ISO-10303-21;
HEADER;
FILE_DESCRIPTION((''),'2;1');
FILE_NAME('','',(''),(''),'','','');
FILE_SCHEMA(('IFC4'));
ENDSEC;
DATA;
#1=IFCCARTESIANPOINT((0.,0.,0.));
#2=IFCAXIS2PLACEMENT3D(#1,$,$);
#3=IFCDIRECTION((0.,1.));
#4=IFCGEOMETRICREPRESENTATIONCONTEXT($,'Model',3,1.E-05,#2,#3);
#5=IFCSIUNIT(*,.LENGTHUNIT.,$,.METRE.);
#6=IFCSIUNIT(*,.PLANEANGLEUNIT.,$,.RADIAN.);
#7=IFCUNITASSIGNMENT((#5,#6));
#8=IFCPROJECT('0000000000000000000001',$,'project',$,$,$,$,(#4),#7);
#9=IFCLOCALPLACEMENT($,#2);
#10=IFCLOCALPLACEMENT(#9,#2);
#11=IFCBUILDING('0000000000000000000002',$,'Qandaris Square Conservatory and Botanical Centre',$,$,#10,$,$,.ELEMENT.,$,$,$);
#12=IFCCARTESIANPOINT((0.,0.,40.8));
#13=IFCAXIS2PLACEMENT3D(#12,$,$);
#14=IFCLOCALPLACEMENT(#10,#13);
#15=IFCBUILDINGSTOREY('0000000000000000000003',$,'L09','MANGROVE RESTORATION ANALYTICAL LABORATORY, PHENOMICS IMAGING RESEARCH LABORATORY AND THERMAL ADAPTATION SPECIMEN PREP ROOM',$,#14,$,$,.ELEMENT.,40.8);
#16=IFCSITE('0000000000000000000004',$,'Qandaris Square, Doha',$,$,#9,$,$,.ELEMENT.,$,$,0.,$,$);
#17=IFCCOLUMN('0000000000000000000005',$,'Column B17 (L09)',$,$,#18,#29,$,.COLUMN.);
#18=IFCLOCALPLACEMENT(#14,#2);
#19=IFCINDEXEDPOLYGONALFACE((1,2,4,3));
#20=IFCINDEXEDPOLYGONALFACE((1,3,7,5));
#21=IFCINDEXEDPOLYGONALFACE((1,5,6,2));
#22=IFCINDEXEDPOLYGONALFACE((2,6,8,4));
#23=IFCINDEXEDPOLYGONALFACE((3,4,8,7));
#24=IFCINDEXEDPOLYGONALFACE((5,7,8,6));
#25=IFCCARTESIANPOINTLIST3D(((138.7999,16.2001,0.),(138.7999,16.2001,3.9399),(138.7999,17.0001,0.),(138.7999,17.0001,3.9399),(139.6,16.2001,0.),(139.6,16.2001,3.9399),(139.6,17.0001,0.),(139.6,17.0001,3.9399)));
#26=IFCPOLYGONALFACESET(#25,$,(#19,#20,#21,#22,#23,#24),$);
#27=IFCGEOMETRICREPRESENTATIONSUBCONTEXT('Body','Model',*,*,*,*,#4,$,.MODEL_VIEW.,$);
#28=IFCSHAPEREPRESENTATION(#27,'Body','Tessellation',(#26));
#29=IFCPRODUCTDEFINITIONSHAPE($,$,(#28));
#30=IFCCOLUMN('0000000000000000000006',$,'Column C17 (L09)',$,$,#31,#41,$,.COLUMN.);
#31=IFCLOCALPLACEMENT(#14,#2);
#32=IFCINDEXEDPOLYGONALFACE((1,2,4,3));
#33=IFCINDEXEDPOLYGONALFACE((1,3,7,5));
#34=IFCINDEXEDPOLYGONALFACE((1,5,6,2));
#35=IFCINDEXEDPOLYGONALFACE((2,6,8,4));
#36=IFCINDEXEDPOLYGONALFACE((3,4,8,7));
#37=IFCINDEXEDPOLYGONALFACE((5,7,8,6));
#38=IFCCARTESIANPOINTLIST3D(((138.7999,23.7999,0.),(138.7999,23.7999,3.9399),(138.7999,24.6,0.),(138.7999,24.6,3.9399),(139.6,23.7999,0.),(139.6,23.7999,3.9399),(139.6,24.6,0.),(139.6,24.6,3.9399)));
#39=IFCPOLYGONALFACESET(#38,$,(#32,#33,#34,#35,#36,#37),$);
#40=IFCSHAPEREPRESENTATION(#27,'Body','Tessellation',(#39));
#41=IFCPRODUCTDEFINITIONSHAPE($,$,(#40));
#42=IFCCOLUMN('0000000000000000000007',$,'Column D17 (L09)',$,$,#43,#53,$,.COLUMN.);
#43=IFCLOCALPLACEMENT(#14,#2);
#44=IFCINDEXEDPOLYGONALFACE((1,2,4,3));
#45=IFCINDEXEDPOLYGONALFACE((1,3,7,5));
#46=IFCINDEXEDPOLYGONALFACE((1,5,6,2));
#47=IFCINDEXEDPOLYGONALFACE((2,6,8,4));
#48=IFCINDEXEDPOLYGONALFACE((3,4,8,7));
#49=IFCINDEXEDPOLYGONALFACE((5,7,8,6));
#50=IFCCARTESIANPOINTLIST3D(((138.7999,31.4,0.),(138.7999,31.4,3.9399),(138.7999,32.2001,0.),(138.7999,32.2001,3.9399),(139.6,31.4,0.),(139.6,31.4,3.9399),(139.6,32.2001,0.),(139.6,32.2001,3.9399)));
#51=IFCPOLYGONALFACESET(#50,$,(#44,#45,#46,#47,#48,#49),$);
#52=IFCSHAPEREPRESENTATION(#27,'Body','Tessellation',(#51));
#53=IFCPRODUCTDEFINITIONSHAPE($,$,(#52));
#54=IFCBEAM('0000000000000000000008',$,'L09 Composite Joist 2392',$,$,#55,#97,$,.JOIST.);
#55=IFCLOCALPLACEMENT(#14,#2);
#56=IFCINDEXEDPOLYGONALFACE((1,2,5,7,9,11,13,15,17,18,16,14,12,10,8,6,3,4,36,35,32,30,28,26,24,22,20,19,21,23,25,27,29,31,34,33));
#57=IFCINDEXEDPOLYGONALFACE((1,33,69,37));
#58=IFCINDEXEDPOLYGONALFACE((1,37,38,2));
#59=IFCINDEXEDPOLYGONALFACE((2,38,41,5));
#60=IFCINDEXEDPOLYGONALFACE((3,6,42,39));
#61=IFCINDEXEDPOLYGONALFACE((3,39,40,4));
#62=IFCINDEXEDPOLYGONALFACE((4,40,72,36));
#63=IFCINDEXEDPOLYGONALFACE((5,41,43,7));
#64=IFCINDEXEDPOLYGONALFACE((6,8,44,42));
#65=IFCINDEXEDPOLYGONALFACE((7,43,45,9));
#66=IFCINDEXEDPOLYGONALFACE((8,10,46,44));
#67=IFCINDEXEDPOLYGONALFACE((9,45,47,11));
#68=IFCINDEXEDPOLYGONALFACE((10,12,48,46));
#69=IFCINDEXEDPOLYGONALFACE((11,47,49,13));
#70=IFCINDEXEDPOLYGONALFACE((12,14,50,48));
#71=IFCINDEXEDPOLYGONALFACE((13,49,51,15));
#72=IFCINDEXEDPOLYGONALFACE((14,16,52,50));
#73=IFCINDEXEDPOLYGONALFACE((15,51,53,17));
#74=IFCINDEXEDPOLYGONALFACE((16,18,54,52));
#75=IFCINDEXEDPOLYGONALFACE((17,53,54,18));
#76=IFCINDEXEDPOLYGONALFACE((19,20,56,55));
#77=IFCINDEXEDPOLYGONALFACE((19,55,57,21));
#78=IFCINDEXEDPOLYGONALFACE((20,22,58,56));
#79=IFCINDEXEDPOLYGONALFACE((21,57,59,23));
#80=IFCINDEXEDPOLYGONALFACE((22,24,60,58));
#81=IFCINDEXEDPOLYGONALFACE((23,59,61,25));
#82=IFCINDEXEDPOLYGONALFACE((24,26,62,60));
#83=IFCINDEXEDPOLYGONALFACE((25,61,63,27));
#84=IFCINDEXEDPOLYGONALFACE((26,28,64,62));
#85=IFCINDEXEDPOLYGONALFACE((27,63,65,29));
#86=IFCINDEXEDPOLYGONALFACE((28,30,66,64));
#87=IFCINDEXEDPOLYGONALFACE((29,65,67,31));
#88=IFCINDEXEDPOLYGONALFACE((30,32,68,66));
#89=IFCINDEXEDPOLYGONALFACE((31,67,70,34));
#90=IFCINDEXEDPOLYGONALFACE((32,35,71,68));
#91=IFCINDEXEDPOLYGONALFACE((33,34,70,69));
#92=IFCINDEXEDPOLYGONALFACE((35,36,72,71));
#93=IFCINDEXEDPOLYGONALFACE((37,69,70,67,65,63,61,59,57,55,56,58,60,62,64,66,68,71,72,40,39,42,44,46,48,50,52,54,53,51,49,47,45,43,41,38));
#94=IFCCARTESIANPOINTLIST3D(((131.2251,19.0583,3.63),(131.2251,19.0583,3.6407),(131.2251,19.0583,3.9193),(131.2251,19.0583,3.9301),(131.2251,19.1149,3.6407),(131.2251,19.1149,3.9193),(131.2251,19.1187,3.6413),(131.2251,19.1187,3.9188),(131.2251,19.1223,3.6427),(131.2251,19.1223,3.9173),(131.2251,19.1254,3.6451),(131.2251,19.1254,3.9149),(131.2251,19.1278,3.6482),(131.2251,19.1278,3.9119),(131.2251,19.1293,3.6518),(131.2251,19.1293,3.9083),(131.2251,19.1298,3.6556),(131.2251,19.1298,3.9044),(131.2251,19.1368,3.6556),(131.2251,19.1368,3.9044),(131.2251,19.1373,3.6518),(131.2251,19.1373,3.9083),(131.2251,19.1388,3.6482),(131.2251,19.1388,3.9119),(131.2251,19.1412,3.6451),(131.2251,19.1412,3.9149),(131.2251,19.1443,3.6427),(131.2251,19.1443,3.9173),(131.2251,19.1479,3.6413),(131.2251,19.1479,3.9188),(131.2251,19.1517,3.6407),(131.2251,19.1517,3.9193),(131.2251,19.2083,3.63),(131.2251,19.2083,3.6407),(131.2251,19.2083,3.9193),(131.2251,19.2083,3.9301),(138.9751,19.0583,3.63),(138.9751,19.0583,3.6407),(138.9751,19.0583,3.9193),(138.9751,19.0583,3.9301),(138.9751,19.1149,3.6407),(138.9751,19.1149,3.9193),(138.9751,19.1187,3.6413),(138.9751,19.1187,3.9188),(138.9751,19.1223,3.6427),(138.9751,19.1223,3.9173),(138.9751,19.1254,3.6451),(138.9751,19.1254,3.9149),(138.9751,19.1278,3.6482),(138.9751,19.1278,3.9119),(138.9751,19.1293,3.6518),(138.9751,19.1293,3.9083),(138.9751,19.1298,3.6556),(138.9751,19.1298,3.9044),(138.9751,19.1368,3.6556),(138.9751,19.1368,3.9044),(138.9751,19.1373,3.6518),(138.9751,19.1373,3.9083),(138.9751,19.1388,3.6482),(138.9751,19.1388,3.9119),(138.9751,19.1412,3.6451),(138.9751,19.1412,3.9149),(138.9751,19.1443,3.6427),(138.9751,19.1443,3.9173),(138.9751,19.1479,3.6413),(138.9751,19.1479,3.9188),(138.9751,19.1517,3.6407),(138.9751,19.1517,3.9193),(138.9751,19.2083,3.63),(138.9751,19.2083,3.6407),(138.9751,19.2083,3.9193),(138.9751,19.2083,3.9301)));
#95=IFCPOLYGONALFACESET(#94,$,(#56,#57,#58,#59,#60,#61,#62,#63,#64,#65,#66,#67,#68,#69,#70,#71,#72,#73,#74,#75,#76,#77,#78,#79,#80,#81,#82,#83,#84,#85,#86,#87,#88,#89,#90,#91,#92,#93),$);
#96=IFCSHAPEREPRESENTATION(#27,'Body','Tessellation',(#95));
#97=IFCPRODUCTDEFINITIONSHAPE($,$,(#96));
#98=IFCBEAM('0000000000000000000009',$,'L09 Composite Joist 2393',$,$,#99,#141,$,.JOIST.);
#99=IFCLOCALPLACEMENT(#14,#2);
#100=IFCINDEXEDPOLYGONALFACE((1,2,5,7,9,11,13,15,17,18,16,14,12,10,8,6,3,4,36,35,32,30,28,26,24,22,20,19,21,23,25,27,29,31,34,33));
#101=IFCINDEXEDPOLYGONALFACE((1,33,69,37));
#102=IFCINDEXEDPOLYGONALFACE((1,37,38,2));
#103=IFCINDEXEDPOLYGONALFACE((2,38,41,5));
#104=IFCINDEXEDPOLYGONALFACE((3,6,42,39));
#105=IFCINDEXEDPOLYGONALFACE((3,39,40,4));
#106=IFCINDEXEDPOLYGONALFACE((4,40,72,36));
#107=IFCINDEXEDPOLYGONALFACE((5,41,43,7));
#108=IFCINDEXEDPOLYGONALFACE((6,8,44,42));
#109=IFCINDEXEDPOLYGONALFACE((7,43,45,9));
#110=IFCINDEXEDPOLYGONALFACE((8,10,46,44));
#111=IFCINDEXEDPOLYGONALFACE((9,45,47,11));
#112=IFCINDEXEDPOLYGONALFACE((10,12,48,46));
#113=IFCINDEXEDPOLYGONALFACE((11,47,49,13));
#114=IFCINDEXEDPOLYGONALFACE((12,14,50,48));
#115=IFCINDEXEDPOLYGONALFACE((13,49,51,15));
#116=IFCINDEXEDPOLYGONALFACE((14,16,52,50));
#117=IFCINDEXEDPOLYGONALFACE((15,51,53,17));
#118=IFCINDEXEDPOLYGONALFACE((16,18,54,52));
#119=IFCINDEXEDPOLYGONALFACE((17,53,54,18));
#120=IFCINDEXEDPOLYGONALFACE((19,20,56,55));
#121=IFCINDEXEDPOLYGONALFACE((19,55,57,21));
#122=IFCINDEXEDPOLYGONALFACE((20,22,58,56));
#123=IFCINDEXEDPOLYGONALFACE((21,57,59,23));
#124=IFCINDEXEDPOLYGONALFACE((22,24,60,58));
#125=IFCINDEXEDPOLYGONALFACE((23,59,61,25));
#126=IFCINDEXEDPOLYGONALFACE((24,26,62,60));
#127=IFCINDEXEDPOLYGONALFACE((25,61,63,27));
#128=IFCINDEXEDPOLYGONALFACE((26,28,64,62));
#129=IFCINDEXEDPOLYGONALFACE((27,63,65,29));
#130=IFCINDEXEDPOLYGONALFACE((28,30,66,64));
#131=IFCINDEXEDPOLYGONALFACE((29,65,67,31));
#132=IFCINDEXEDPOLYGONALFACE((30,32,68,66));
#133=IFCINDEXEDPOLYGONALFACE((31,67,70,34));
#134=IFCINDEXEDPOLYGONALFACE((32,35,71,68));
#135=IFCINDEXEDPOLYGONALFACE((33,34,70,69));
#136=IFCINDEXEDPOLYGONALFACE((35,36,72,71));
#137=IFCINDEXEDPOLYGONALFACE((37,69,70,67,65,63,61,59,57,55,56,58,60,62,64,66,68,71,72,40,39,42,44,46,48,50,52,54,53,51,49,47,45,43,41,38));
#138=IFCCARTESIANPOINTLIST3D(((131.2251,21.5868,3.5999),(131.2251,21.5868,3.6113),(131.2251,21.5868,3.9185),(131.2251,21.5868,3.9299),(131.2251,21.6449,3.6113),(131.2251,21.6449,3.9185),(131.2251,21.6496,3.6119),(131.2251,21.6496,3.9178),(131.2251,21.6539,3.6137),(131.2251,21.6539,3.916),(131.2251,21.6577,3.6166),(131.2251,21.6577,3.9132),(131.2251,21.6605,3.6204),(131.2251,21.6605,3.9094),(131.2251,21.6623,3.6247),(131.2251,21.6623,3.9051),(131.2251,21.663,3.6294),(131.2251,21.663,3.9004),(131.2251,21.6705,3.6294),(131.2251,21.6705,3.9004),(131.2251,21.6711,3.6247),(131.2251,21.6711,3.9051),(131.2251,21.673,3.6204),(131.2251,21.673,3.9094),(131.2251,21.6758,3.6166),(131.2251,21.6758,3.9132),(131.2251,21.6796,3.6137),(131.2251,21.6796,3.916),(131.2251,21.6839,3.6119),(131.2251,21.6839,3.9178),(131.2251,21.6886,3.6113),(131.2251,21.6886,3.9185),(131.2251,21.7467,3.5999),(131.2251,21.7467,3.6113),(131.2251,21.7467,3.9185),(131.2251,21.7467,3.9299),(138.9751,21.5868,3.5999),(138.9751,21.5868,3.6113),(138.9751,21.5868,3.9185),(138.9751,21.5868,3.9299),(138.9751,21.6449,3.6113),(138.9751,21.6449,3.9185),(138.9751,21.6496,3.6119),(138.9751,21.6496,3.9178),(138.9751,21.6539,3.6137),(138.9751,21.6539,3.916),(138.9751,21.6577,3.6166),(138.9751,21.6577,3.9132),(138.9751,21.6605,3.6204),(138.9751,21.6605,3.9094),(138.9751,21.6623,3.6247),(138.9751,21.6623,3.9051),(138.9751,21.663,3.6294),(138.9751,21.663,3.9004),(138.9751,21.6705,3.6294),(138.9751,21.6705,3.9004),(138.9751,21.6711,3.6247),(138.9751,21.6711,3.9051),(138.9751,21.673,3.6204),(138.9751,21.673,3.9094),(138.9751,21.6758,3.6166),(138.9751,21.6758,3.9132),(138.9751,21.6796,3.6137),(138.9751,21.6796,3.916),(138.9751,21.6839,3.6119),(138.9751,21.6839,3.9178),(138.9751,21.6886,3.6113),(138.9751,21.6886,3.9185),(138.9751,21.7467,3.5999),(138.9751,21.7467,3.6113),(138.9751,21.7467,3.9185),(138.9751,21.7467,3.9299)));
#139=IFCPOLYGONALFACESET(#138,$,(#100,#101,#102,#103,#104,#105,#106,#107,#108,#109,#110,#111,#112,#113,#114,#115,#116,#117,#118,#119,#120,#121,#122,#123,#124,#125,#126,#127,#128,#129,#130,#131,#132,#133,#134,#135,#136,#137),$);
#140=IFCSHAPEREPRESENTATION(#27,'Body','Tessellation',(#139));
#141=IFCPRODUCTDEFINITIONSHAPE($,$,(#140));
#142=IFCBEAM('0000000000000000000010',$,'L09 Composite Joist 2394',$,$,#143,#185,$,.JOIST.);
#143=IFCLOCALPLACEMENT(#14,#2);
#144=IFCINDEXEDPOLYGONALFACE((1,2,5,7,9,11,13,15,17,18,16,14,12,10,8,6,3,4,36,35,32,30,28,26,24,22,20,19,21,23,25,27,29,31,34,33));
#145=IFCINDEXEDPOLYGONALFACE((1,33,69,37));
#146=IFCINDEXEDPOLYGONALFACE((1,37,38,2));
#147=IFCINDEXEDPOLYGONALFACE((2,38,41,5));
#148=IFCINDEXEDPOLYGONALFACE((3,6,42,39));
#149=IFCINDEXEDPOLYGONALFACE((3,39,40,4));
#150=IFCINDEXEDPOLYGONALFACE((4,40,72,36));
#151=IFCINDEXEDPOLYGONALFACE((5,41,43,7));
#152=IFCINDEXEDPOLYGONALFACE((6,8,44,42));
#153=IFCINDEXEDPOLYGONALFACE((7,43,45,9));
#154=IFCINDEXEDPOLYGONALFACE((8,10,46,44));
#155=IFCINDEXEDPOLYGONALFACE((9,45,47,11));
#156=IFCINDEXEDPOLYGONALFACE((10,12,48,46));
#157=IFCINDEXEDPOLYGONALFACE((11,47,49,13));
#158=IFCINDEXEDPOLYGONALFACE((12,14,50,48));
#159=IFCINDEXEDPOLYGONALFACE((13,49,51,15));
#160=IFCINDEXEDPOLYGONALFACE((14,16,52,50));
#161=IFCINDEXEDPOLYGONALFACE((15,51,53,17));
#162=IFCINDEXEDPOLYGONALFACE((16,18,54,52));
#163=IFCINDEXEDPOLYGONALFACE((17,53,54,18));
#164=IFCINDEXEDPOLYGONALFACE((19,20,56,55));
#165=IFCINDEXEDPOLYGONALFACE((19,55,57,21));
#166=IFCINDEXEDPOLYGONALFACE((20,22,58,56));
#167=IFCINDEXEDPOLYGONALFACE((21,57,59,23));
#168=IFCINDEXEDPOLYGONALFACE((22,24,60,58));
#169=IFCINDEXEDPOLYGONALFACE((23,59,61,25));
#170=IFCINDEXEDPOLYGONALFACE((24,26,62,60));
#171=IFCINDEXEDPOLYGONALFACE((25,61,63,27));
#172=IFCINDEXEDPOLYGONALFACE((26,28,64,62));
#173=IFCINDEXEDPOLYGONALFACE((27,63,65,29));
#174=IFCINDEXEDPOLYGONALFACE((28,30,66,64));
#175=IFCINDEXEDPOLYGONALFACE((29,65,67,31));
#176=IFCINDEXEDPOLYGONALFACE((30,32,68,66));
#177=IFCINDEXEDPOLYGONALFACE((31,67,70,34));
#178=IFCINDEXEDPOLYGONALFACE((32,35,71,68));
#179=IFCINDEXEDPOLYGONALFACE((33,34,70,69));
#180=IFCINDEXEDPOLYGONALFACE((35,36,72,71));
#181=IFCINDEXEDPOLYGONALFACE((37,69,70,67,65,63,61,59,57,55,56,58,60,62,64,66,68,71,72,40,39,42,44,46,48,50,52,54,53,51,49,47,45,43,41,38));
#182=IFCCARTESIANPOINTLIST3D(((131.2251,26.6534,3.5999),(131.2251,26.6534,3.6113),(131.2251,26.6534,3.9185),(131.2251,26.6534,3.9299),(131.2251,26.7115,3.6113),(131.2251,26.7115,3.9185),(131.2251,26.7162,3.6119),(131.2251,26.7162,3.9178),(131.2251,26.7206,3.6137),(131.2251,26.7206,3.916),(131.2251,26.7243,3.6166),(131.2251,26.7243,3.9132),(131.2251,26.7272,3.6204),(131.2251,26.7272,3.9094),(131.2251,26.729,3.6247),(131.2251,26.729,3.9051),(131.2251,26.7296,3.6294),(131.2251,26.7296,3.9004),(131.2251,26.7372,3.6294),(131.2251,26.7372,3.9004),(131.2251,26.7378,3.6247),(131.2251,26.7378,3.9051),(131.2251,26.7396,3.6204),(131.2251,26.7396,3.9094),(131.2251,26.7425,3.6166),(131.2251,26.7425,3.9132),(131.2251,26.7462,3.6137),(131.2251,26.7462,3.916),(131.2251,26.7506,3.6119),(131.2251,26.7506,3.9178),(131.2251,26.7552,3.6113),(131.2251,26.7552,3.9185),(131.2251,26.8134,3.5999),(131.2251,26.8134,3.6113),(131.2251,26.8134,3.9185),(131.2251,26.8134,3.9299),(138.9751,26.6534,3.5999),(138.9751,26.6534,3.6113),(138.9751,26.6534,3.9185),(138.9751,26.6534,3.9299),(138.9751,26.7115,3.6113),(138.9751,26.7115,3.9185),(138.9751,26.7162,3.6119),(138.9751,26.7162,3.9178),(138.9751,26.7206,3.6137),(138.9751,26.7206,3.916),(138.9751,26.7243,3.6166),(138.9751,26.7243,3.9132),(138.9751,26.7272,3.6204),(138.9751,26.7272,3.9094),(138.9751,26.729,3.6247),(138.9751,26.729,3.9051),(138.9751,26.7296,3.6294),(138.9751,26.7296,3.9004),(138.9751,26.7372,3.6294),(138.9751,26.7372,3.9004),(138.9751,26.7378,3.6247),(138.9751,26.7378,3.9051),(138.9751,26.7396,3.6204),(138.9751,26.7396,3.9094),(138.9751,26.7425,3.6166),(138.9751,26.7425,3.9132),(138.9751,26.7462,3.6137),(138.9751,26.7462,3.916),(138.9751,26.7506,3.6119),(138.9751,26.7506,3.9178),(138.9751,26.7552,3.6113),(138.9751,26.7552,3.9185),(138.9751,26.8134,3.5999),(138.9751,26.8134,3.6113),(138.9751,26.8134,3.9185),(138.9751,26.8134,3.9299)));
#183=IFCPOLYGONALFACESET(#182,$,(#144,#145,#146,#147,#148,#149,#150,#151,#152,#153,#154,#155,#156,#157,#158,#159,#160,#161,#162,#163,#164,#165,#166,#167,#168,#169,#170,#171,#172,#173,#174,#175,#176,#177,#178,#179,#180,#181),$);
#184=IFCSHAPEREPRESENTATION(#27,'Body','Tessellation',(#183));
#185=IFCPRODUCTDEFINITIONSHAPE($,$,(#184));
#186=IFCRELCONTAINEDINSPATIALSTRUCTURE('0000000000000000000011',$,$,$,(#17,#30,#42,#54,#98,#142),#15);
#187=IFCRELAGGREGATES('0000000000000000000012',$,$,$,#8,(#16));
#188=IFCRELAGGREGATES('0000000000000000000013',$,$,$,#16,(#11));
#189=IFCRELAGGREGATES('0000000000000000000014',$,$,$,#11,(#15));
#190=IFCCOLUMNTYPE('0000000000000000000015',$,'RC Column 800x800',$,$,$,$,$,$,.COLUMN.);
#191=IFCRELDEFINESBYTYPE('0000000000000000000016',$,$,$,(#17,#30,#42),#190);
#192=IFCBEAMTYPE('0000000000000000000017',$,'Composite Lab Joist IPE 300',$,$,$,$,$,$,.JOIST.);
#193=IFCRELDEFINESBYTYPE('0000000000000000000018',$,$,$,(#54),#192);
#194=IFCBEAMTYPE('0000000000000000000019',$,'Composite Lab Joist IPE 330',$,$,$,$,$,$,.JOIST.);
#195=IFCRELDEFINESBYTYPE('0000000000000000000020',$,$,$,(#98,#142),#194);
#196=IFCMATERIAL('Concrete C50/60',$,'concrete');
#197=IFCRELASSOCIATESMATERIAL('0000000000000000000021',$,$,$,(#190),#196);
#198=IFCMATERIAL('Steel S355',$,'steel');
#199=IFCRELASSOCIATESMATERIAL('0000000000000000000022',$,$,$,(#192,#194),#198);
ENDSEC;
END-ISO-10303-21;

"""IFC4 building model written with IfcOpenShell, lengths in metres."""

from ifc_helpers import new_model, si_unit, direction, frame, origin, origin_2d, place, context, subcontext, project, spatial, rectangle, i_section, extrude, material, material_profile, profile_set, type_object, element, save


model = new_model("IFC4")

# Units and contexts
model_context = context("Model", 3, precision=1e-05, world=origin(), true_north=direction((0.0, 1.0)))
body_context = subcontext(model_context, "Body", "Model", "MODEL_VIEW")
ifc_project = project(units=[si_unit("LENGTHUNIT", "METRE"), si_unit("PLANEANGLEUNIT", "RADIAN")], contexts=[model_context])

# Site, building, storey
site_placement = place(None, origin())
site = spatial("IfcSite", under=ifc_project, at=site_placement, Name="Qandaris Square, Doha", CompositionType="ELEMENT", RefElevation=0.0)
building_placement = place(site_placement, origin())
building = spatial("IfcBuilding", under=site, at=building_placement, Name="Qandaris Square Conservatory and Botanical Centre", CompositionType="ELEMENT")
storey_placement = place(building_placement, frame((0.0, 0.0, 40.8)))
storey = spatial("IfcBuildingStorey", under=building, at=storey_placement, Name="L09", Description="MANGROVE RESTORATION ANALYTICAL LABORATORY, PHENOMICS IMAGING RESEARCH LABORATORY AND THERMAL ADAPTATION SPECIMEN PREP ROOM", CompositionType="ELEMENT", Elevation=40.8)

# Columns
ifc_material_1 = material(Name="Concrete C50/60", Category="concrete")
ifc_material_profile_1 = material_profile(ifc_material_1, rectangle(XDim=0.8, YDim=0.8, at=origin_2d()), Name="RC-COL 800x800")
ifc_profile_set_1 = profile_set([ifc_material_profile_1], Name="Concrete C50/60")
column_type = type_object("IfcColumnType", Name="RC Column 800x800", PredefinedType="COLUMN", material=ifc_profile_set_1)
for number, where, z_axis, x_axis, name in (
    (1, (139.2, 16.6001, 0.0), (0.0, 0.0, 1.0), (1.0, 0.0, 0.0), "Column B17 (L09)"),
    (2, (139.2, 24.2, 0.0), (0.0, 0.0, 1.0), (1.0, 0.0, 0.0), "Column C17 (L09)"),
    (3, (139.2, 31.8, 0.0), (0.0, 0.0, 1.0), (1.0, 0.0, 0.0), "Column D17 (L09)"),
):
    element("IfcColumn", number, at=place(storey_placement, frame(where, z_axis=z_axis, x_axis=x_axis)), inside=storey, type_object=column_type, Name=name, PredefinedType="COLUMN", context=body_context, shape_type="SweptSolid", body=[
        extrude(rectangle(XDim=0.8, YDim=0.8, at=origin_2d()), origin(), (0.0, 0.0, 1.0), 3.9399),
    ])

# Beams
ifc_material_2 = material(Name="Steel S355", Category="steel")
ifc_material_profile_2 = material_profile(ifc_material_2, i_section(OverallWidth=0.1499, OverallDepth=0.3, WebThickness=0.0071, FlangeThickness=0.0107, FilletRadius=0.0149, at=origin_2d()), Name="IPE 300")
ifc_profile_set_2 = profile_set([ifc_material_profile_2], Name="Steel S355")
beam_type_1 = type_object("IfcBeamType", Name="Composite Lab Joist IPE 300", PredefinedType="JOIST", material=ifc_profile_set_2)
beam_1_placement = place(storey_placement, frame((131.2251, 19.1333, 3.78), z_axis=(1.0, 0.0, 0.0), x_axis=(0.0, 1.0, 0.0)))
element("IfcBeam", 4, at=beam_1_placement, inside=storey, type_object=beam_type_1, Name="L09 Composite Joist 2392", PredefinedType="JOIST", context=body_context, shape_type="SweptSolid", body=[
    extrude(i_section(OverallWidth=0.1499, OverallDepth=0.3, WebThickness=0.0071, FlangeThickness=0.0107, FilletRadius=0.0149, at=origin_2d()), origin(), (0.0, 0.0, 1.0), 7.75),
])
ifc_material_profile_3 = material_profile(ifc_material_2, i_section(OverallWidth=0.1599, OverallDepth=0.3301, WebThickness=0.0076, FlangeThickness=0.0115, FilletRadius=0.0181, at=origin_2d()), Name="IPE 330")
ifc_profile_set_3 = profile_set([ifc_material_profile_3], Name="Steel S355")
beam_type_2 = type_object("IfcBeamType", Name="Composite Lab Joist IPE 330", PredefinedType="JOIST", material=ifc_profile_set_3)
for number, where, z_axis, x_axis, name in (
    (5, (131.2251, 21.6667, 3.7649), (1.0, 0.0, 0.0), (0.0, 1.0, 0.0), "L09 Composite Joist 2393"),
    (6, (131.2251, 26.7334, 3.7649), (1.0, 0.0, 0.0), (0.0, 1.0, 0.0), "L09 Composite Joist 2394"),
):
    element("IfcBeam", number, at=place(storey_placement, frame(where, z_axis=z_axis, x_axis=x_axis)), inside=storey, type_object=beam_type_2, Name=name, PredefinedType="JOIST", context=body_context, shape_type="SweptSolid", body=[
        extrude(i_section(OverallWidth=0.1599, OverallDepth=0.3301, WebThickness=0.0076, FlangeThickness=0.0115, FilletRadius=0.0181, at=origin_2d()), origin(), (0.0, 0.0, 1.0), 7.75),
    ])

save(model, "model.ifc")
